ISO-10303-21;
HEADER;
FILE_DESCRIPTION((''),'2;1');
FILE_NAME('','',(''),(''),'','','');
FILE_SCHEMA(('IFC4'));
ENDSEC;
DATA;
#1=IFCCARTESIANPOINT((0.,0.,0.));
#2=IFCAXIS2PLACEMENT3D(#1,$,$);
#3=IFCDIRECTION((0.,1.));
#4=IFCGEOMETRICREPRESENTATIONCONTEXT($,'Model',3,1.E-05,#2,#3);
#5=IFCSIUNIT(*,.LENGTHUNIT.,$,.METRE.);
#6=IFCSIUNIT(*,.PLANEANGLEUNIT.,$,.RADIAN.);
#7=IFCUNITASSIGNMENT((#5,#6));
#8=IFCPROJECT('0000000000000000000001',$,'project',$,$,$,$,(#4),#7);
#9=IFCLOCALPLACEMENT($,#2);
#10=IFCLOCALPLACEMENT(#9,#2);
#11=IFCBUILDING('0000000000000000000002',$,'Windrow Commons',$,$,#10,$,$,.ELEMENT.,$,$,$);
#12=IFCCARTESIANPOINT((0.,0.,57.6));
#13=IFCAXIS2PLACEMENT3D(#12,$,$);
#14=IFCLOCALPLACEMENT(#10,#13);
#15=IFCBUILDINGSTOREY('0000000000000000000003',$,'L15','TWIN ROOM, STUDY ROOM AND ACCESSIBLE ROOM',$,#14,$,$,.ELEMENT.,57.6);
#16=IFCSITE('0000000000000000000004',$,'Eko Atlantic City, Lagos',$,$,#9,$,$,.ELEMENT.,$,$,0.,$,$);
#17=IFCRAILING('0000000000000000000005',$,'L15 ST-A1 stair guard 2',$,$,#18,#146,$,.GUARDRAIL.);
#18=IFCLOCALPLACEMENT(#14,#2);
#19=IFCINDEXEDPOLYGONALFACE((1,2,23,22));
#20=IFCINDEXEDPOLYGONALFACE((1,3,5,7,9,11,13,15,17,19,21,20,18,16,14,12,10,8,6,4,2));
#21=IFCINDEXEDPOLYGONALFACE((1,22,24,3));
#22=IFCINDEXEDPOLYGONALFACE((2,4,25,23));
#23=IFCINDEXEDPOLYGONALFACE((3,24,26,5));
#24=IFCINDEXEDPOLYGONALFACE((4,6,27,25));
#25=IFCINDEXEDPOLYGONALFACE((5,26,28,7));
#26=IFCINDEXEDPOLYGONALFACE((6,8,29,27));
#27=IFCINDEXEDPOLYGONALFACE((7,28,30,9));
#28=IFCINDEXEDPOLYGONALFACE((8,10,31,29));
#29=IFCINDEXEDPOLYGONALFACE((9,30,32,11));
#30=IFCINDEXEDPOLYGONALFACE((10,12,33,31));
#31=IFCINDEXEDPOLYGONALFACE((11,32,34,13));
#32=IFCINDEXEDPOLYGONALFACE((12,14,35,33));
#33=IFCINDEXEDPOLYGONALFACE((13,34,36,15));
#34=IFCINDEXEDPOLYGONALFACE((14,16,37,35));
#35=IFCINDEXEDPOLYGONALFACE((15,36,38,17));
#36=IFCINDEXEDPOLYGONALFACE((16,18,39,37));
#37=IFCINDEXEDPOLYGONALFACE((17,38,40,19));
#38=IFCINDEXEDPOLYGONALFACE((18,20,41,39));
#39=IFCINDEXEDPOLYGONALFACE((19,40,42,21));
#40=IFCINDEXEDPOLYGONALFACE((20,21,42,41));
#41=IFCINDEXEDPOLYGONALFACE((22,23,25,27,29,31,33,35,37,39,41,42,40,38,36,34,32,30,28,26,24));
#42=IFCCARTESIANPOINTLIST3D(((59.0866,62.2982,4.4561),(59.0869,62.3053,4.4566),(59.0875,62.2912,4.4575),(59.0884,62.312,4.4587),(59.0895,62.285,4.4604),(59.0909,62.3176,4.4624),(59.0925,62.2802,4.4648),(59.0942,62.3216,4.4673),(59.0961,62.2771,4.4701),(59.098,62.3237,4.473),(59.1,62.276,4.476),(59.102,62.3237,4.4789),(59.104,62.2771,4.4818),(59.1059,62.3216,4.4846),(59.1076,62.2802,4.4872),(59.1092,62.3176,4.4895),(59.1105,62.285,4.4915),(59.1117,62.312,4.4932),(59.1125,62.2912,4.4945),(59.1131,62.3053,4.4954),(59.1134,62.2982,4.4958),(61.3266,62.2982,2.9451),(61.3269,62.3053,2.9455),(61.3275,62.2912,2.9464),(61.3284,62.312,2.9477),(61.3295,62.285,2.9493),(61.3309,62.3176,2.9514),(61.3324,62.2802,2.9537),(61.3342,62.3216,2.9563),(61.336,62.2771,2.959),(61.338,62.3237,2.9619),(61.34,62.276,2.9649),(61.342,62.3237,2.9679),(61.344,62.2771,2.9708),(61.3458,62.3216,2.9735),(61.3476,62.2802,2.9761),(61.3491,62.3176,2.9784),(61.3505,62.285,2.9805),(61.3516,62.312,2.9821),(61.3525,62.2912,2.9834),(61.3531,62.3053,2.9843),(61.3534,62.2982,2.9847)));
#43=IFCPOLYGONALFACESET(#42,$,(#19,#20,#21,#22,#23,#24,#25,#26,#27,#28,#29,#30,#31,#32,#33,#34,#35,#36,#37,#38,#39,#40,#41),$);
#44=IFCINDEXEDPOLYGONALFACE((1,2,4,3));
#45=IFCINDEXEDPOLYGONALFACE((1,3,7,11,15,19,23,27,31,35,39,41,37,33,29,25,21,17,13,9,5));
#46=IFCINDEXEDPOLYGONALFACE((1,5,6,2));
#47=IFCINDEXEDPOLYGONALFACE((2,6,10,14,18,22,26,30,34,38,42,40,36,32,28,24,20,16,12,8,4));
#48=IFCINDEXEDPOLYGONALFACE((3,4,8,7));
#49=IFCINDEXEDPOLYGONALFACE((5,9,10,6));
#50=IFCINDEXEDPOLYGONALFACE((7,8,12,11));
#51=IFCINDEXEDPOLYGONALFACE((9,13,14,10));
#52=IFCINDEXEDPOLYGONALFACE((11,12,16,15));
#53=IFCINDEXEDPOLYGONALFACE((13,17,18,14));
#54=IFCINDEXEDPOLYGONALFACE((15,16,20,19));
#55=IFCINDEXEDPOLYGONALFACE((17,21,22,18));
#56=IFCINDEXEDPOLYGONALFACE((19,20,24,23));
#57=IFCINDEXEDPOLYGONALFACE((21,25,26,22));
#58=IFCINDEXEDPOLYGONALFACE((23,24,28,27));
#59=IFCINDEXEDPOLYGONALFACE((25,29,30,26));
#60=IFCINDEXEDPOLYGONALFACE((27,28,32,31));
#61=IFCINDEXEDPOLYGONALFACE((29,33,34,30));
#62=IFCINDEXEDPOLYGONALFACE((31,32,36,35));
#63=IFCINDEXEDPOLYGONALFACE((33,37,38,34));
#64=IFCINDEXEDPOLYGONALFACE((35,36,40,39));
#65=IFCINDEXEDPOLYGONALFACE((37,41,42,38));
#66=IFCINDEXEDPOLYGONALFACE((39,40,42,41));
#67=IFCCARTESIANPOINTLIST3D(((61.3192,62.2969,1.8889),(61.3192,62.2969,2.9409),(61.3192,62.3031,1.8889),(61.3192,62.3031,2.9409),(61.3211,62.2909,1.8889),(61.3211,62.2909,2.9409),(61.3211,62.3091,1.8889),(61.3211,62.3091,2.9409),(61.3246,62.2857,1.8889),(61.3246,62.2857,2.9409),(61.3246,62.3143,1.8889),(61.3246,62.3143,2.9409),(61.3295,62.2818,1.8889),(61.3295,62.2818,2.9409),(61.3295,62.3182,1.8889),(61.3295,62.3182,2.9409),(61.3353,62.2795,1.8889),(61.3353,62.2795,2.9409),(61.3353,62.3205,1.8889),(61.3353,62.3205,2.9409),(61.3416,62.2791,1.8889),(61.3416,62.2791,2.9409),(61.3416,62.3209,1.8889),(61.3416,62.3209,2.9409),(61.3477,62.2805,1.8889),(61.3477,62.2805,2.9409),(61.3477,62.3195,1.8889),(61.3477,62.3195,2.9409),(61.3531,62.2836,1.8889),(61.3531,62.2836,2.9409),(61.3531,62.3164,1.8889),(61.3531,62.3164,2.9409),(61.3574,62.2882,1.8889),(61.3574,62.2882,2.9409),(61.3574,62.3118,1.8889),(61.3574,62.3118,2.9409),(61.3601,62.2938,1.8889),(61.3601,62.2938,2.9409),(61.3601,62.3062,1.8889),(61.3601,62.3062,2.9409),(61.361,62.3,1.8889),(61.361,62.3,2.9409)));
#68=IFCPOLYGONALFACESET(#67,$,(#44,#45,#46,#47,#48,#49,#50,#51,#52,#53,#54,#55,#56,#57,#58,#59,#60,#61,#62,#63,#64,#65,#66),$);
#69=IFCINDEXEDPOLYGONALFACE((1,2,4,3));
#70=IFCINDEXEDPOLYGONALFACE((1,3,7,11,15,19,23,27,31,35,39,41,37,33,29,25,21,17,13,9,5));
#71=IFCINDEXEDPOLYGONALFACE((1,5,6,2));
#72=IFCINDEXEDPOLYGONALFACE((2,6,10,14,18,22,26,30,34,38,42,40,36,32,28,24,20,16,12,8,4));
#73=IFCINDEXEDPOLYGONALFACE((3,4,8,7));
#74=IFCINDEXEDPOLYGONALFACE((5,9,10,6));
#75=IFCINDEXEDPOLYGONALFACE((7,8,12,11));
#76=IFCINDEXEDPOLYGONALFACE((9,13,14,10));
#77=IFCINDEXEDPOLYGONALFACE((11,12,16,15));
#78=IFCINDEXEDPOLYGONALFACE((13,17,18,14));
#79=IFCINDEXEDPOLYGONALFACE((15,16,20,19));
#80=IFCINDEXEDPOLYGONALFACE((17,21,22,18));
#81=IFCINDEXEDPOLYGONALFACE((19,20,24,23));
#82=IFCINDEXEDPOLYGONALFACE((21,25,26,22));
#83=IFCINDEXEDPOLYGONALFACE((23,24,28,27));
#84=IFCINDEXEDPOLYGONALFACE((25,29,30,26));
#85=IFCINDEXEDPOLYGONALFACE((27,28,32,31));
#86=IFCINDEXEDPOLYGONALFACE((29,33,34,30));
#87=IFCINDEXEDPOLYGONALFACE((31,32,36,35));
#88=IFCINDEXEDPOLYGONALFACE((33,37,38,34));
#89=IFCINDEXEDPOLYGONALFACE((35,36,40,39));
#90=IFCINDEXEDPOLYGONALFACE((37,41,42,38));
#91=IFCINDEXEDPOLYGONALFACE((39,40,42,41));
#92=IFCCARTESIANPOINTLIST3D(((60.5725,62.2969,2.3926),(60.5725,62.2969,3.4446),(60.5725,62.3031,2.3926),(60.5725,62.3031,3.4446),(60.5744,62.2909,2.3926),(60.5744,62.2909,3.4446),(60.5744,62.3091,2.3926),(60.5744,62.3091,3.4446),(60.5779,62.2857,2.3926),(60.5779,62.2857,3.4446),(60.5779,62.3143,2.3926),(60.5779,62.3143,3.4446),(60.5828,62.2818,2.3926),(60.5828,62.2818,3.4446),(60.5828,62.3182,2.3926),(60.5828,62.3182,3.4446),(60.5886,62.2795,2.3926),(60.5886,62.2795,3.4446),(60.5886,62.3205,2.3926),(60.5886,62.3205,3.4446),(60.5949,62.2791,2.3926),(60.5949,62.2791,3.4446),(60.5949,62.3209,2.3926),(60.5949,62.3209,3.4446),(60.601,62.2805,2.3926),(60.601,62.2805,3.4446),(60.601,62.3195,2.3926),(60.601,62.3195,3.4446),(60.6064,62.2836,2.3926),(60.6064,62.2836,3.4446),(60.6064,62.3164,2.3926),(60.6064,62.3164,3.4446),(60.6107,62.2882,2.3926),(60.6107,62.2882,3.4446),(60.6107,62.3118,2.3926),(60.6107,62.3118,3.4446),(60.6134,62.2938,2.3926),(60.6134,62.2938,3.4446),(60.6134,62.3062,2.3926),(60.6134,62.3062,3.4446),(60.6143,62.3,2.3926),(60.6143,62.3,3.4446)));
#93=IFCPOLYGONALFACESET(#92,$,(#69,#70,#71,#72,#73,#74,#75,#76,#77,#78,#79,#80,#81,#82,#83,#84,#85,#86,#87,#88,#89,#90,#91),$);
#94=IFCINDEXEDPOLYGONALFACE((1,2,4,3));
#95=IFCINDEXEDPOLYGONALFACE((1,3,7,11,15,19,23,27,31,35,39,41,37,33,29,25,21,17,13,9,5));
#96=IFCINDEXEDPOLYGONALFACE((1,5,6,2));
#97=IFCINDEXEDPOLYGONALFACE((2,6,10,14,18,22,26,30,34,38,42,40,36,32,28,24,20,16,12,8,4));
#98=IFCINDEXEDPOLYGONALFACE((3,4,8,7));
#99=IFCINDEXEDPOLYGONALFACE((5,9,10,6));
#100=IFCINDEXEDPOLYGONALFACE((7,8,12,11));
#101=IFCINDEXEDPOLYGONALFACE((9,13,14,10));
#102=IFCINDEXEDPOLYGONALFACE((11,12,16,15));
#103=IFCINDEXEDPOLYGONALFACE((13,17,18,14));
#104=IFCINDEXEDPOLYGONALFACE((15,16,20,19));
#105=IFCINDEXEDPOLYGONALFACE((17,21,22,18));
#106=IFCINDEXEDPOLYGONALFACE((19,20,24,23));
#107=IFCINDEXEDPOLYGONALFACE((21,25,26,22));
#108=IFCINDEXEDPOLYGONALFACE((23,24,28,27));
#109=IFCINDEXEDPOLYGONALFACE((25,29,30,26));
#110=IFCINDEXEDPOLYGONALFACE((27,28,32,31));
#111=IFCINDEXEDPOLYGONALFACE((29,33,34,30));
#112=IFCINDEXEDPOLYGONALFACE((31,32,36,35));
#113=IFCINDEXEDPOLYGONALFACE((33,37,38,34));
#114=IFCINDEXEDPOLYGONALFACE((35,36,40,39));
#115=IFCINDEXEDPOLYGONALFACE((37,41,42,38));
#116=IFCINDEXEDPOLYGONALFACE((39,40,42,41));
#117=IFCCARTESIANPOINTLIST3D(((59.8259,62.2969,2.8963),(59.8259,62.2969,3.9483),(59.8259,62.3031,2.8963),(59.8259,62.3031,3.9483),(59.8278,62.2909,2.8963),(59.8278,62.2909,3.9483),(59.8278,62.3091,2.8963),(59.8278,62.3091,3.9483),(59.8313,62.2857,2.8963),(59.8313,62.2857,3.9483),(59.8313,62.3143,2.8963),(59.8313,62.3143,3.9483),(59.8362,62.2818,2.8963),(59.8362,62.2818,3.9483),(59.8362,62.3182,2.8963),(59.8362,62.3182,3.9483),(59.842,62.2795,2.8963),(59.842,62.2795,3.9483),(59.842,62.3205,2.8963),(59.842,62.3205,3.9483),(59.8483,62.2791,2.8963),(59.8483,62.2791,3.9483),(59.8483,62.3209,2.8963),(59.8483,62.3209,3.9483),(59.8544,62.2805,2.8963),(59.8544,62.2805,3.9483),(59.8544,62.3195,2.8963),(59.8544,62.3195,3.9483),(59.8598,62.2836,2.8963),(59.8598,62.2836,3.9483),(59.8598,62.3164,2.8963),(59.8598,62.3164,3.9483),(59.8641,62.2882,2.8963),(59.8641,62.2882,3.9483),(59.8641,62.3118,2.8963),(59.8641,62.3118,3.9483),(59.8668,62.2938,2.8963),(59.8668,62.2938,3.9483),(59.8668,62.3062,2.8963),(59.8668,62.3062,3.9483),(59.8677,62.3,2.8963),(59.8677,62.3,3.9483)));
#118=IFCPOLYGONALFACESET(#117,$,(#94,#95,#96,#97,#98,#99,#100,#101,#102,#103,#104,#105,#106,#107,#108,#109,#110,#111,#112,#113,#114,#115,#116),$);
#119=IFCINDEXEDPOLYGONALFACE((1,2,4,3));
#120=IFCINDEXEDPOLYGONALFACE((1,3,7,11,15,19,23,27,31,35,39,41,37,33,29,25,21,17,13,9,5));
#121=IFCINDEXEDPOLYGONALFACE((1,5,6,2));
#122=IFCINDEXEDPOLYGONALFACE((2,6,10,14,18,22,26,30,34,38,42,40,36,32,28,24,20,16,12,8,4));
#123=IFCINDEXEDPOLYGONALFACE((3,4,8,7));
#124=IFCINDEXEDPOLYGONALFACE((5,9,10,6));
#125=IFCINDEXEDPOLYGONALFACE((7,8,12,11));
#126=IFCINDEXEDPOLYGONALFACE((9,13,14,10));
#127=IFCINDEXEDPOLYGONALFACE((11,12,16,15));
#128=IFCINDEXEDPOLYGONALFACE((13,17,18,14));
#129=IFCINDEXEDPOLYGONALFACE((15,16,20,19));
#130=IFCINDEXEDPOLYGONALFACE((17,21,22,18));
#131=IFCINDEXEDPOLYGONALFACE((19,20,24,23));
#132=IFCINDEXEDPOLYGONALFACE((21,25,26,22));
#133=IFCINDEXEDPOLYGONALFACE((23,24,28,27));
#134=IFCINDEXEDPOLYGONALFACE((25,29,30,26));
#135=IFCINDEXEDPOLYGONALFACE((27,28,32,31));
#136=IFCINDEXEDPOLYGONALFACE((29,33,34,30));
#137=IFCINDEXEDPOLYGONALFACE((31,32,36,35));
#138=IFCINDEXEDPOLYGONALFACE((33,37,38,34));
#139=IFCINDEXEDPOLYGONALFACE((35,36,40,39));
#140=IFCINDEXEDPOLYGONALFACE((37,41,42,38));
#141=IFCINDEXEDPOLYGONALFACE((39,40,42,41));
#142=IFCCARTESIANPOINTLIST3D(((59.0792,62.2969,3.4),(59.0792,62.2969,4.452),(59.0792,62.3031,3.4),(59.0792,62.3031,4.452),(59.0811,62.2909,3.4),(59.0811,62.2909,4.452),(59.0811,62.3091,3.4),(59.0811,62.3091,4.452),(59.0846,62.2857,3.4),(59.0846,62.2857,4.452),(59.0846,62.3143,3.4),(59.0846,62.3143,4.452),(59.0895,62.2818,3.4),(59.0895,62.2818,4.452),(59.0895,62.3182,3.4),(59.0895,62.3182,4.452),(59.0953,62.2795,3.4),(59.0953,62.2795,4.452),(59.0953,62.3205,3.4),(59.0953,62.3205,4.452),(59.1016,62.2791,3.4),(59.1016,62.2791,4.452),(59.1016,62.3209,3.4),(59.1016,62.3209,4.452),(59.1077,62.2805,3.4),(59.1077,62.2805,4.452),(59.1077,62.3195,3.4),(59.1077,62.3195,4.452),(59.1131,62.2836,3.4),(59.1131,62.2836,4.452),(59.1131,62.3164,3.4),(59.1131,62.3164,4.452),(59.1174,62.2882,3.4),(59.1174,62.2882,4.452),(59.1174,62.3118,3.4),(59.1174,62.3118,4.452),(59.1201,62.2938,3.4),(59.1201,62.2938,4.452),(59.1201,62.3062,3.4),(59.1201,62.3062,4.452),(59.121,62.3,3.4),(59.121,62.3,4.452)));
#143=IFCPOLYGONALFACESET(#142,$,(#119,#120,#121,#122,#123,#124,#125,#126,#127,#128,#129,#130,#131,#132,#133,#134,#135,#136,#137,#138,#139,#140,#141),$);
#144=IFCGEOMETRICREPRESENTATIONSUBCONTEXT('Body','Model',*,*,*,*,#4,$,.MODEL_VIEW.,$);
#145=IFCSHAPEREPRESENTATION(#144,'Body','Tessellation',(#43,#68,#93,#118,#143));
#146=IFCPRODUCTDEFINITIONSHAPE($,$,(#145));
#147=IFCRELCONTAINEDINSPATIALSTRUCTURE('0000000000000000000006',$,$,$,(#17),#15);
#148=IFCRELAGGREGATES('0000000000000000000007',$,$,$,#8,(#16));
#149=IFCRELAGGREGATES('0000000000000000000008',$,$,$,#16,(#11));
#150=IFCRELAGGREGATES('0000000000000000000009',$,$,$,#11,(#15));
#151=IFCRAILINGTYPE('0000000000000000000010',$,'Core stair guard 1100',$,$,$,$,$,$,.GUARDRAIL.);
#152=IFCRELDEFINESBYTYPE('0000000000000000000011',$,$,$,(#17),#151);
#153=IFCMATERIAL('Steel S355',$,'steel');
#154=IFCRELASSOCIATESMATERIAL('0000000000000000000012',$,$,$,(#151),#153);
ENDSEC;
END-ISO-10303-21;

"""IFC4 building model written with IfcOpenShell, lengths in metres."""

from ifc_helpers import new_model, si_unit, direction, frame, origin, origin_2d, place, context, subcontext, project, spatial, circle, extrude, material, type_object, element, save


model = new_model("IFC4")

# Units and contexts
model_context = context("Model", 3, precision=1e-05, world=origin(), true_north=direction((0.0, 1.0)))
body_context = subcontext(model_context, "Body", "Model", "MODEL_VIEW")
ifc_project = project(units=[si_unit("LENGTHUNIT", "METRE"), si_unit("PLANEANGLEUNIT", "RADIAN")], contexts=[model_context])

# Site, building, storey
site_placement = place(None, origin())
site = spatial("IfcSite", under=ifc_project, at=site_placement, Name="Eko Atlantic City, Lagos", CompositionType="ELEMENT", RefElevation=0.0)
building_placement = place(site_placement, origin())
building = spatial("IfcBuilding", under=site, at=building_placement, Name="Windrow Commons", CompositionType="ELEMENT")
storey_placement = place(building_placement, frame((0.0, 0.0, 57.6)))
storey = spatial("IfcBuildingStorey", under=building, at=storey_placement, Name="L15", Description="TWIN ROOM, STUDY ROOM AND ACCESSIBLE ROOM", CompositionType="ELEMENT", Elevation=57.6)

# Railing
ifc_material_1 = material(Name="Steel S355", Category="steel")
railing_type_1 = type_object("IfcRailingType", Name="Core stair guard 1100", PredefinedType="GUARDRAIL", material=ifc_material_1)
railing_1_placement = place(storey_placement, frame((61.34, 62.3, 1.8889)))
element("IfcRailing", 1, at=railing_1_placement, inside=storey, type_object=railing_type_1, Name="L15 ST-A1 stair guard 2", PredefinedType="GUARDRAIL", context=body_context, shape_type="SweptSolid", body=[
    extrude(circle(Radius=0.024, at=origin_2d()), frame((0.0, 0.0, 1.076), z_axis=(-0.829003, 0.0, 0.559244), x_axis=(0.0, -1.0, 0.0)), (0.0, 0.0, 1.0), 2.702),
    extrude(circle(Radius=0.021, at=origin_2d()), origin(), (0.0, 0.0, 1.0), 1.052),
    extrude(circle(Radius=0.021, at=origin_2d()), frame((-0.7467, 0.0, 0.5037)), (0.0, 0.0, 1.0), 1.052),
    extrude(circle(Radius=0.021, at=origin_2d()), frame((-1.4933, 0.0, 1.0074)), (0.0, 0.0, 1.0), 1.052),
    extrude(circle(Radius=0.021, at=origin_2d()), frame((-2.24, 0.0, 1.5111)), (0.0, 0.0, 1.0), 1.052),
])

save(model, "model.ifc")
